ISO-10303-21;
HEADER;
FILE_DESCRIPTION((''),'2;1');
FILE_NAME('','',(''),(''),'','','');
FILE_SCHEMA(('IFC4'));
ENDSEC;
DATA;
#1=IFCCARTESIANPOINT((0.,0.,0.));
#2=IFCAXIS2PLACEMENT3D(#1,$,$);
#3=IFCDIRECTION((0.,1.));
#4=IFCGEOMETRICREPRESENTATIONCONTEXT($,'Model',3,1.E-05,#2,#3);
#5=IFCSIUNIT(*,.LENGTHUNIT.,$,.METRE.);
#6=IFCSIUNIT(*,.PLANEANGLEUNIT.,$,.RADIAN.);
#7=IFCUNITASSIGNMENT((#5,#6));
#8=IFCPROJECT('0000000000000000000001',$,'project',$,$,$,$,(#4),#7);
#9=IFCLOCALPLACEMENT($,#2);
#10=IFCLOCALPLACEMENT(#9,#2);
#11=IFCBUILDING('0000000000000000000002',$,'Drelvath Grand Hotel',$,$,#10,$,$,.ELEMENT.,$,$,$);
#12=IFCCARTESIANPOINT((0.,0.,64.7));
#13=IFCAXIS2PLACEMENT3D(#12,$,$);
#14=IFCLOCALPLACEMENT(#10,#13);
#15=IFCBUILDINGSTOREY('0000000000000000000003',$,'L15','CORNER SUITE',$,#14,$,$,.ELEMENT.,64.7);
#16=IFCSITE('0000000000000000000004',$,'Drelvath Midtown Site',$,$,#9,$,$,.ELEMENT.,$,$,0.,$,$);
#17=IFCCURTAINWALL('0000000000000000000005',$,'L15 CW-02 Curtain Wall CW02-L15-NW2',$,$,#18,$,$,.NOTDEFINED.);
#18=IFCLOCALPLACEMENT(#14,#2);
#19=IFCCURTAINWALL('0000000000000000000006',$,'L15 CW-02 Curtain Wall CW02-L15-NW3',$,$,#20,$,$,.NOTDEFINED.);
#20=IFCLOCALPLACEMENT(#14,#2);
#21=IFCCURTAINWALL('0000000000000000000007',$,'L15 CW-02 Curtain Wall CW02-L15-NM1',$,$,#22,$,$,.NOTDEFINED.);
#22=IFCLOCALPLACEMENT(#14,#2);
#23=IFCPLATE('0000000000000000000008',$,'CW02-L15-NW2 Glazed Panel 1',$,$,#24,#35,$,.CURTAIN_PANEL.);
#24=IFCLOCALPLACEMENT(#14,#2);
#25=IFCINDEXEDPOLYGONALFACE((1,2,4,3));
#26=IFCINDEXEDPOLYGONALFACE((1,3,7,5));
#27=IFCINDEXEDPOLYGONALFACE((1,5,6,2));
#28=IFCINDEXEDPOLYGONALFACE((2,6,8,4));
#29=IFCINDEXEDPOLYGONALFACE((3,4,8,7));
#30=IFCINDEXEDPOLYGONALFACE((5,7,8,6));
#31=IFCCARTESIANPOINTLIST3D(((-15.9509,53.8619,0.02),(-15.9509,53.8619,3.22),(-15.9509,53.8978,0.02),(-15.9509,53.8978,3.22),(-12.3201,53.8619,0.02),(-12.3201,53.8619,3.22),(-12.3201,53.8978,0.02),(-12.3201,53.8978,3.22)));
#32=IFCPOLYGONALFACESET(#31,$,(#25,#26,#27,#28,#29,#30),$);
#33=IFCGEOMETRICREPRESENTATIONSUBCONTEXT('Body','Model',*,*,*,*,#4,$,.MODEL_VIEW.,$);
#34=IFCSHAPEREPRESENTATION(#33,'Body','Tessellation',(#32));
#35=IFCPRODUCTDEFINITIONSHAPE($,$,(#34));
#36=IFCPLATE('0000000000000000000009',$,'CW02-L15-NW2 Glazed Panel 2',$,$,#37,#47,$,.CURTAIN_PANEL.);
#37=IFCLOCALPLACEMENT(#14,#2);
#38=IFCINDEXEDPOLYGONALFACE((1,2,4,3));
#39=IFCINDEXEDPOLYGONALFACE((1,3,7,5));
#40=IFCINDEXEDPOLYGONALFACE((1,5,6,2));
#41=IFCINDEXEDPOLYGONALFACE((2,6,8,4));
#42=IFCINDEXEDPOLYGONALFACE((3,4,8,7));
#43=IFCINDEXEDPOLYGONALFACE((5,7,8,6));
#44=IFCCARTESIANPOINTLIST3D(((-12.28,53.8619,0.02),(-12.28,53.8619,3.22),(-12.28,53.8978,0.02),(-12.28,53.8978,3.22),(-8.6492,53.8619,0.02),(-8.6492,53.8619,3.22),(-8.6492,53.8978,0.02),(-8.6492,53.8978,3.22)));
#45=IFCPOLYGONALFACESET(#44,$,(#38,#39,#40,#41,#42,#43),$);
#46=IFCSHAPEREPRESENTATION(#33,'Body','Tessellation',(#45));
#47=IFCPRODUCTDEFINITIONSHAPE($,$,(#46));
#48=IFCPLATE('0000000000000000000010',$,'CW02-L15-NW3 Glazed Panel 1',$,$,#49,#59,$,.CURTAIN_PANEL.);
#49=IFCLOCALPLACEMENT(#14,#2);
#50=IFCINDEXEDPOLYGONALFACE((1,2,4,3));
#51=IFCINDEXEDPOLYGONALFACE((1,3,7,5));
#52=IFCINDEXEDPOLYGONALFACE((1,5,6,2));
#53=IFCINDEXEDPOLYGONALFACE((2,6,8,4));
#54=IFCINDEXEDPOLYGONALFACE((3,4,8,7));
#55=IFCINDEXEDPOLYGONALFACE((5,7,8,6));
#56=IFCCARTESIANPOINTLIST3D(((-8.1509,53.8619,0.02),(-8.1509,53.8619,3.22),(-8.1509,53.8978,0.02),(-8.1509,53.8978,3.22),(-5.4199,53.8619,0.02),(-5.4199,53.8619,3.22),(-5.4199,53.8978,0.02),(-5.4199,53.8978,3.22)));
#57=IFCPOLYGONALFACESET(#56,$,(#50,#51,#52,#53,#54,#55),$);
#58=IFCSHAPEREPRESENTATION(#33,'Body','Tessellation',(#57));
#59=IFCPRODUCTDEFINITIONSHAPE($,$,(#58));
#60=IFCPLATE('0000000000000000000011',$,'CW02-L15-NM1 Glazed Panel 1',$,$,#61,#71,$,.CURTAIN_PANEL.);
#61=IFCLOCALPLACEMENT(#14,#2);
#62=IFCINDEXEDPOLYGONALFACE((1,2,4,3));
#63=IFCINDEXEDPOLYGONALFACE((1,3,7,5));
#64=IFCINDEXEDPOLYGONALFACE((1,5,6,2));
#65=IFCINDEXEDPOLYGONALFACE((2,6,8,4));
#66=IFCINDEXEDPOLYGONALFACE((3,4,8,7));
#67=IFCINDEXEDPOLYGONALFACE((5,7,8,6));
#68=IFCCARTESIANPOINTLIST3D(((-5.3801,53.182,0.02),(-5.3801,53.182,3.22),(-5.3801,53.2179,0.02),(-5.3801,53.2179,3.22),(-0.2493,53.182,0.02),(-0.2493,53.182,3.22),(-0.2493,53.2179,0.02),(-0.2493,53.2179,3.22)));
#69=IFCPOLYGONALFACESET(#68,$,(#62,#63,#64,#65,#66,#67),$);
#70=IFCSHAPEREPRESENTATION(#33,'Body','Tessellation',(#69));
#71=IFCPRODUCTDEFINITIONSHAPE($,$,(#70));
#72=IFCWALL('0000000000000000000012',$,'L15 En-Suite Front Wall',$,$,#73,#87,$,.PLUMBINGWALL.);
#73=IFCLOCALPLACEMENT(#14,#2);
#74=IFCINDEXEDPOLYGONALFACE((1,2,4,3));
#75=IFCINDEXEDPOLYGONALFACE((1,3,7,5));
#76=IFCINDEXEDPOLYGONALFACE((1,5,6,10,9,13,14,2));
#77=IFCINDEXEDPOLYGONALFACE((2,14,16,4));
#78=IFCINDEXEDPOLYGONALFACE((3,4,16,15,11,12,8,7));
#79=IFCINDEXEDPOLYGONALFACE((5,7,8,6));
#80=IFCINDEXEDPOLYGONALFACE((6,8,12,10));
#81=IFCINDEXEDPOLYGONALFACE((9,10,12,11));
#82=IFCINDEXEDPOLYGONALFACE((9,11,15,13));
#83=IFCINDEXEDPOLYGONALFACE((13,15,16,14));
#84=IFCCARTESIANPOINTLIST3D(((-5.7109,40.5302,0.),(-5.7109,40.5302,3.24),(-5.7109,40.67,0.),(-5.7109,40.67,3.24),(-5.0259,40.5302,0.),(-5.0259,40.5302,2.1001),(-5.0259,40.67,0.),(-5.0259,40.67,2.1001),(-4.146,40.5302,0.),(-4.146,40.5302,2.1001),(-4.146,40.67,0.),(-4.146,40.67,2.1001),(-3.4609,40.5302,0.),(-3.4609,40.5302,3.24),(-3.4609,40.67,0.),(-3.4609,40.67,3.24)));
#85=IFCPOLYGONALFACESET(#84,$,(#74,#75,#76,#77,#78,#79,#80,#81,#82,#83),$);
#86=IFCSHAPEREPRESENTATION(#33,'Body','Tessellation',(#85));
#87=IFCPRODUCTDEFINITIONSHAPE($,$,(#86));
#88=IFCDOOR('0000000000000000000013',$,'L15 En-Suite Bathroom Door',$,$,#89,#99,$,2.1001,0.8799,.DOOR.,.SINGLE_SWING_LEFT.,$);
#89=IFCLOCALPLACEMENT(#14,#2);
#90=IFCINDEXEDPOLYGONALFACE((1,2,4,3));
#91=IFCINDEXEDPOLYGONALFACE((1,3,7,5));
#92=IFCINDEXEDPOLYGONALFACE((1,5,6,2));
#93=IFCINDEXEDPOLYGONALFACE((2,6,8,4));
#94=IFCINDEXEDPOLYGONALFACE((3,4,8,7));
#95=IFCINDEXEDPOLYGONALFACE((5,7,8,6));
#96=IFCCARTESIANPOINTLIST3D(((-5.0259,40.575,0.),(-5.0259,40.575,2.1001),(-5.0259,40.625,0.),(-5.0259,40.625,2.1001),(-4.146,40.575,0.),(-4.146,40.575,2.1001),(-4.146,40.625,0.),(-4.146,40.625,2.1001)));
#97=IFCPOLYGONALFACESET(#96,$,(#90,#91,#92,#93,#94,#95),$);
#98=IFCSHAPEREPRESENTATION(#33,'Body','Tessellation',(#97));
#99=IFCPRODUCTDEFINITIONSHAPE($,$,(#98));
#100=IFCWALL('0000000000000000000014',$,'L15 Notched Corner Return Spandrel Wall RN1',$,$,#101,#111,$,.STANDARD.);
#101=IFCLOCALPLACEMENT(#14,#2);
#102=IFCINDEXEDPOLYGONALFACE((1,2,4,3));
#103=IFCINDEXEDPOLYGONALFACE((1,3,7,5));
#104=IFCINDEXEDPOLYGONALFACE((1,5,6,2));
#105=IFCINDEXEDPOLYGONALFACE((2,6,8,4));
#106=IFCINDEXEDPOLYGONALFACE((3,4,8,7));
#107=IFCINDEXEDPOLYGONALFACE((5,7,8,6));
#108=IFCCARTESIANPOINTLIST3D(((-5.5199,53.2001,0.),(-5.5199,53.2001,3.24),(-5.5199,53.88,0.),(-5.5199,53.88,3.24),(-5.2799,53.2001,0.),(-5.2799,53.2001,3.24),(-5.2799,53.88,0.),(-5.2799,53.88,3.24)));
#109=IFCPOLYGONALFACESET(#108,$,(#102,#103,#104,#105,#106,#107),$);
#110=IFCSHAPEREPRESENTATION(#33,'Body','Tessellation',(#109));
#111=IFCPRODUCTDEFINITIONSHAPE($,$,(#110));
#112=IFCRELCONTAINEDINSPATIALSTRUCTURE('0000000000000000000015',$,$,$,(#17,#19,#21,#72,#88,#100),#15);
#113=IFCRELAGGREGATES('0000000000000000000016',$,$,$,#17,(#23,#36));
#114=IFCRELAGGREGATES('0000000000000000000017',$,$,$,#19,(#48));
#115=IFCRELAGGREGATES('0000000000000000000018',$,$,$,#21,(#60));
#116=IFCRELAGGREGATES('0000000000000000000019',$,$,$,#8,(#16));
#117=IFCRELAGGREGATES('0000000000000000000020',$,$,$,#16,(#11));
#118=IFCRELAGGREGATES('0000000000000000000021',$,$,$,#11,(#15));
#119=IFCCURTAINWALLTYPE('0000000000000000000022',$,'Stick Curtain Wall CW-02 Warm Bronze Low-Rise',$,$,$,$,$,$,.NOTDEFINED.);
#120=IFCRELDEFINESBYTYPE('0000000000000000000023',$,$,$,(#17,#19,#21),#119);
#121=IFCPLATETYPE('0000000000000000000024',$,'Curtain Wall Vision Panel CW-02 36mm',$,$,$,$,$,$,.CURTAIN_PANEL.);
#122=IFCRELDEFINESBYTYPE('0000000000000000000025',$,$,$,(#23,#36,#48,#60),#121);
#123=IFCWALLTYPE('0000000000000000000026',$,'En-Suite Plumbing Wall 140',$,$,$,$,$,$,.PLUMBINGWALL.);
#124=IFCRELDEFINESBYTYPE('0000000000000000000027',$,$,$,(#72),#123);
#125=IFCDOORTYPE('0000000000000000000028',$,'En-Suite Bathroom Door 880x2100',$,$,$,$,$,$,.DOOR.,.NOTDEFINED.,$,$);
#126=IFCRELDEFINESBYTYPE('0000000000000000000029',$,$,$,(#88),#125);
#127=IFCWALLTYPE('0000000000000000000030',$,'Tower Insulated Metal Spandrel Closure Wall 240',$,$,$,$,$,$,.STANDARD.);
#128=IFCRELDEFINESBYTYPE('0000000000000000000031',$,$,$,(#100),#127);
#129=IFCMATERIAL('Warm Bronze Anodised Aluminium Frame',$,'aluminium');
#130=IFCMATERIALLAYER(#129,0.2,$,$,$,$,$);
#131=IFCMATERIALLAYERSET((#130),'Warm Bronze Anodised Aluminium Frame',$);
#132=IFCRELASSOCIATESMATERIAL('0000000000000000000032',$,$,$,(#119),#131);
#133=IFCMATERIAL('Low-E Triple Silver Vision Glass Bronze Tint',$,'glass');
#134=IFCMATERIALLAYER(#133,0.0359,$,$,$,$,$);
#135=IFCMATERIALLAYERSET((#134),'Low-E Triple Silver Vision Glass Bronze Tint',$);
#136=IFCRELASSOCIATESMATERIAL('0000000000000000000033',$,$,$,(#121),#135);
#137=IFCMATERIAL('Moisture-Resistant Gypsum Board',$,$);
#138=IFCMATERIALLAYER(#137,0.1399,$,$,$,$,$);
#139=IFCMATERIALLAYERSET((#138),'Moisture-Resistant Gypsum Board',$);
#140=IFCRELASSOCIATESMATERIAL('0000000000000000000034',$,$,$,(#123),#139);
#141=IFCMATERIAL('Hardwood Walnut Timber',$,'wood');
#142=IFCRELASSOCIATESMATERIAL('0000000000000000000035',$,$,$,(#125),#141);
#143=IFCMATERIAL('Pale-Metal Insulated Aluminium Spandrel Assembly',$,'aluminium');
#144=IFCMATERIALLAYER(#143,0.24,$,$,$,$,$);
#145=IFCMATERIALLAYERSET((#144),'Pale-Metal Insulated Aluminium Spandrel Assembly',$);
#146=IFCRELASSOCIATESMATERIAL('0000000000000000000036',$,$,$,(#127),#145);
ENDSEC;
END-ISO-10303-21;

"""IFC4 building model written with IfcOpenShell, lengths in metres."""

from ifc_helpers import new_model, si_unit, direction, frame, frame_2d, origin, origin_2d, place, context, subcontext, project, spatial, rectangle, extrude, material, layer, layer_set, type_object, element, fill, aggregate, save


model = new_model("IFC4")

# Units and contexts
model_context = context("Model", 3, precision=1e-05, world=origin(), true_north=direction((0.0, 1.0)))
body_context = subcontext(model_context, "Body", "Model", "MODEL_VIEW")
ifc_project = project(units=[si_unit("LENGTHUNIT", "METRE"), si_unit("PLANEANGLEUNIT", "RADIAN")], contexts=[model_context])

# Site, building, storey
site_placement = place(None, origin())
site = spatial("IfcSite", under=ifc_project, at=site_placement, Name="Drelvath Midtown Site", CompositionType="ELEMENT", RefElevation=0.0)
building_placement = place(site_placement, origin())
building = spatial("IfcBuilding", under=site, at=building_placement, Name="Drelvath Grand Hotel", CompositionType="ELEMENT")
storey_placement = place(building_placement, frame((0.0, 0.0, 64.7)))
storey = spatial("IfcBuildingStorey", under=building, at=storey_placement, Name="L15", Description="CORNER SUITE", CompositionType="ELEMENT", Elevation=64.7)

# Curtain walls
ifc_material_1 = material(Name="Warm Bronze Anodised Aluminium Frame", Category="aluminium")
ifc_layer_1 = layer(ifc_material_1, 0.2)
ifc_layer_set_1 = layer_set([ifc_layer_1], Name="Warm Bronze Anodised Aluminium Frame")
curtain_wall_type = type_object("IfcCurtainWallType", Name="Stick Curtain Wall CW-02 Warm Bronze Low-Rise", PredefinedType="NOTDEFINED", material=ifc_layer_set_1)
curtain_wall_1_placement = place(storey_placement, origin())
curtain_wall_1 = element("IfcCurtainWall", 1, at=curtain_wall_1_placement, inside=storey, type_object=curtain_wall_type, Name="L15 CW-02 Curtain Wall CW02-L15-NW2", PredefinedType="NOTDEFINED")
curtain_wall_2_placement = place(storey_placement, origin())
curtain_wall_2 = element("IfcCurtainWall", 2, at=curtain_wall_2_placement, inside=storey, type_object=curtain_wall_type, Name="L15 CW-02 Curtain Wall CW02-L15-NW3", PredefinedType="NOTDEFINED")
curtain_wall_3_placement = place(storey_placement, origin())
curtain_wall_3 = element("IfcCurtainWall", 3, at=curtain_wall_3_placement, inside=storey, type_object=curtain_wall_type, Name="L15 CW-02 Curtain Wall CW02-L15-NM1", PredefinedType="NOTDEFINED")

# Plates
ifc_material_2 = material(Name="Low-E Triple Silver Vision Glass Bronze Tint", Category="glass")
ifc_layer_2 = layer(ifc_material_2, 0.0359)
ifc_layer_set_2 = layer_set([ifc_layer_2], Name="Low-E Triple Silver Vision Glass Bronze Tint")
plate_type = type_object("IfcPlateType", Name="Curtain Wall Vision Panel CW-02 36mm", PredefinedType="CURTAIN_PANEL", material=ifc_layer_set_2)
plate_1_placement = place(storey_placement, frame((-14.1355, 53.8799, 0.02), z_axis=(0.0, 0.0, 1.0), x_axis=(1.0, 0.0, 0.0)))
plate_1 = element("IfcPlate", 4, at=plate_1_placement, type_object=plate_type, Name="CW02-L15-NW2 Glazed Panel 1", PredefinedType="CURTAIN_PANEL", context=body_context, shape_type="SweptSolid", body=[
    extrude(rectangle(XDim=3.6309, YDim=0.0359, at=origin_2d()), origin(), (0.0, 0.0, 1.0), 3.2),
])
plate_2_placement = place(storey_placement, frame((-10.4646, 53.8799, 0.02), z_axis=(0.0, 0.0, 1.0), x_axis=(1.0, 0.0, 0.0)))
plate_2 = element("IfcPlate", 5, at=plate_2_placement, type_object=plate_type, Name="CW02-L15-NW2 Glazed Panel 2", PredefinedType="CURTAIN_PANEL", context=body_context, shape_type="SweptSolid", body=[
    extrude(rectangle(XDim=3.6309, YDim=0.0359, at=origin_2d()), origin(), (0.0, 0.0, 1.0), 3.2),
])
aggregate(curtain_wall_1, [plate_1, plate_2])
plate_3_placement = place(storey_placement, frame((-6.7854, 53.8799, 0.02), z_axis=(0.0, 0.0, 1.0), x_axis=(1.0, 0.0, 0.0)))
plate_3 = element("IfcPlate", 6, at=plate_3_placement, type_object=plate_type, Name="CW02-L15-NW3 Glazed Panel 1", PredefinedType="CURTAIN_PANEL", context=body_context, shape_type="SweptSolid", body=[
    extrude(rectangle(XDim=2.731, YDim=0.0359, at=origin_2d()), origin(), (0.0, 0.0, 1.0), 3.2),
])
aggregate(curtain_wall_2, [plate_3])
plate_4_placement = place(storey_placement, frame((-2.8147, 53.2, 0.02), z_axis=(0.0, 0.0, 1.0), x_axis=(1.0, 0.0, 0.0)))
plate_4 = element("IfcPlate", 7, at=plate_4_placement, type_object=plate_type, Name="CW02-L15-NM1 Glazed Panel 1", PredefinedType="CURTAIN_PANEL", context=body_context, shape_type="SweptSolid", body=[
    extrude(rectangle(XDim=5.1309, YDim=0.0359, at=origin_2d()), origin(), (0.0, 0.0, 1.0), 3.2),
])
aggregate(curtain_wall_3, [plate_4])

# Wall, opening, door
ifc_material_3 = material(Name="Moisture-Resistant Gypsum Board")
ifc_layer_3 = layer(ifc_material_3, 0.1399)
ifc_layer_set_3 = layer_set([ifc_layer_3], Name="Moisture-Resistant Gypsum Board")
wall_type_1 = type_object("IfcWallType", Name="En-Suite Plumbing Wall 140", PredefinedType="PLUMBINGWALL", material=ifc_layer_set_3)
wall_1_placement = place(storey_placement, frame((-5.7109, 40.6001, 0.0), z_axis=(0.0, 0.0, 1.0), x_axis=(1.0, 0.0, 0.0)))
wall_1 = element("IfcWall", 8, at=wall_1_placement, inside=storey, type_object=wall_type_1, Name="L15 En-Suite Front Wall", PredefinedType="PLUMBINGWALL", context=body_context, shape_type="SweptSolid", body=[
    extrude(rectangle(XDim=2.25, YDim=0.1399, at=frame_2d((1.125, 0.0))), origin(), (0.0, 0.0, 1.0), 3.24),
])
opening_placement = place(wall_1_placement, frame((0.6851, 0.0, 0.0)))
opening = element("IfcOpeningElement", 9, at=opening_placement, cuts=wall_1, PredefinedType="OPENING", context=body_context, shape_type="SweptSolid", body=[
    extrude(rectangle(XDim=0.8799, YDim=2.1001, at=frame_2d((0.4399, 1.05))), frame((0.0, 0.0798, 0.0), z_axis=(0.0, -1.0, 0.0), x_axis=(1.0, 0.0, 0.0)), (0.0, 0.0, 1.0), 0.1599),
])
ifc_material_4 = material(Name="Hardwood Walnut Timber", Category="wood")
door_type = type_object("IfcDoorType", Name="En-Suite Bathroom Door 880x2100", OperationType="NOTDEFINED", PredefinedType="DOOR", material=ifc_material_4)
door_placement = place(opening_placement, origin())
door = element("IfcDoor", 10, at=door_placement, inside=storey, type_object=door_type, Name="L15 En-Suite Bathroom Door", OperationType="SINGLE_SWING_LEFT", OverallHeight=2.1001, OverallWidth=0.8799, PredefinedType="DOOR", context=body_context, shape_type="SweptSolid", body=[
    extrude(rectangle(XDim=0.8799, YDim=2.1001, at=frame_2d((0.4399, 1.05))), frame((0.0, 0.0249, 0.0), z_axis=(0.0, -1.0, 0.0), x_axis=(1.0, 0.0, 0.0)), (0.0, 0.0, 1.0), 0.05),
])
fill(opening, door)

# Wall
ifc_material_5 = material(Name="Pale-Metal Insulated Aluminium Spandrel Assembly", Category="aluminium")
ifc_layer_4 = layer(ifc_material_5, 0.24)
ifc_layer_set_4 = layer_set([ifc_layer_4], Name="Pale-Metal Insulated Aluminium Spandrel Assembly")
wall_type_2 = type_object("IfcWallType", Name="Tower Insulated Metal Spandrel Closure Wall 240", PredefinedType="STANDARD", material=ifc_layer_set_4)
wall_2_placement = place(storey_placement, frame((-5.3999, 53.8799, 0.0), z_axis=(0.0, 0.0, 1.0), x_axis=(0.0, -1.0, 0.0)))
element("IfcWall", 11, at=wall_2_placement, inside=storey, type_object=wall_type_2, Name="L15 Notched Corner Return Spandrel Wall RN1", PredefinedType="STANDARD", context=body_context, shape_type="SweptSolid", body=[
    extrude(rectangle(XDim=0.6799, YDim=0.24, at=frame_2d((0.3398, 0.0))), origin(), (0.0, 0.0, 1.0), 3.24),
])

save(model, "model.ifc")
